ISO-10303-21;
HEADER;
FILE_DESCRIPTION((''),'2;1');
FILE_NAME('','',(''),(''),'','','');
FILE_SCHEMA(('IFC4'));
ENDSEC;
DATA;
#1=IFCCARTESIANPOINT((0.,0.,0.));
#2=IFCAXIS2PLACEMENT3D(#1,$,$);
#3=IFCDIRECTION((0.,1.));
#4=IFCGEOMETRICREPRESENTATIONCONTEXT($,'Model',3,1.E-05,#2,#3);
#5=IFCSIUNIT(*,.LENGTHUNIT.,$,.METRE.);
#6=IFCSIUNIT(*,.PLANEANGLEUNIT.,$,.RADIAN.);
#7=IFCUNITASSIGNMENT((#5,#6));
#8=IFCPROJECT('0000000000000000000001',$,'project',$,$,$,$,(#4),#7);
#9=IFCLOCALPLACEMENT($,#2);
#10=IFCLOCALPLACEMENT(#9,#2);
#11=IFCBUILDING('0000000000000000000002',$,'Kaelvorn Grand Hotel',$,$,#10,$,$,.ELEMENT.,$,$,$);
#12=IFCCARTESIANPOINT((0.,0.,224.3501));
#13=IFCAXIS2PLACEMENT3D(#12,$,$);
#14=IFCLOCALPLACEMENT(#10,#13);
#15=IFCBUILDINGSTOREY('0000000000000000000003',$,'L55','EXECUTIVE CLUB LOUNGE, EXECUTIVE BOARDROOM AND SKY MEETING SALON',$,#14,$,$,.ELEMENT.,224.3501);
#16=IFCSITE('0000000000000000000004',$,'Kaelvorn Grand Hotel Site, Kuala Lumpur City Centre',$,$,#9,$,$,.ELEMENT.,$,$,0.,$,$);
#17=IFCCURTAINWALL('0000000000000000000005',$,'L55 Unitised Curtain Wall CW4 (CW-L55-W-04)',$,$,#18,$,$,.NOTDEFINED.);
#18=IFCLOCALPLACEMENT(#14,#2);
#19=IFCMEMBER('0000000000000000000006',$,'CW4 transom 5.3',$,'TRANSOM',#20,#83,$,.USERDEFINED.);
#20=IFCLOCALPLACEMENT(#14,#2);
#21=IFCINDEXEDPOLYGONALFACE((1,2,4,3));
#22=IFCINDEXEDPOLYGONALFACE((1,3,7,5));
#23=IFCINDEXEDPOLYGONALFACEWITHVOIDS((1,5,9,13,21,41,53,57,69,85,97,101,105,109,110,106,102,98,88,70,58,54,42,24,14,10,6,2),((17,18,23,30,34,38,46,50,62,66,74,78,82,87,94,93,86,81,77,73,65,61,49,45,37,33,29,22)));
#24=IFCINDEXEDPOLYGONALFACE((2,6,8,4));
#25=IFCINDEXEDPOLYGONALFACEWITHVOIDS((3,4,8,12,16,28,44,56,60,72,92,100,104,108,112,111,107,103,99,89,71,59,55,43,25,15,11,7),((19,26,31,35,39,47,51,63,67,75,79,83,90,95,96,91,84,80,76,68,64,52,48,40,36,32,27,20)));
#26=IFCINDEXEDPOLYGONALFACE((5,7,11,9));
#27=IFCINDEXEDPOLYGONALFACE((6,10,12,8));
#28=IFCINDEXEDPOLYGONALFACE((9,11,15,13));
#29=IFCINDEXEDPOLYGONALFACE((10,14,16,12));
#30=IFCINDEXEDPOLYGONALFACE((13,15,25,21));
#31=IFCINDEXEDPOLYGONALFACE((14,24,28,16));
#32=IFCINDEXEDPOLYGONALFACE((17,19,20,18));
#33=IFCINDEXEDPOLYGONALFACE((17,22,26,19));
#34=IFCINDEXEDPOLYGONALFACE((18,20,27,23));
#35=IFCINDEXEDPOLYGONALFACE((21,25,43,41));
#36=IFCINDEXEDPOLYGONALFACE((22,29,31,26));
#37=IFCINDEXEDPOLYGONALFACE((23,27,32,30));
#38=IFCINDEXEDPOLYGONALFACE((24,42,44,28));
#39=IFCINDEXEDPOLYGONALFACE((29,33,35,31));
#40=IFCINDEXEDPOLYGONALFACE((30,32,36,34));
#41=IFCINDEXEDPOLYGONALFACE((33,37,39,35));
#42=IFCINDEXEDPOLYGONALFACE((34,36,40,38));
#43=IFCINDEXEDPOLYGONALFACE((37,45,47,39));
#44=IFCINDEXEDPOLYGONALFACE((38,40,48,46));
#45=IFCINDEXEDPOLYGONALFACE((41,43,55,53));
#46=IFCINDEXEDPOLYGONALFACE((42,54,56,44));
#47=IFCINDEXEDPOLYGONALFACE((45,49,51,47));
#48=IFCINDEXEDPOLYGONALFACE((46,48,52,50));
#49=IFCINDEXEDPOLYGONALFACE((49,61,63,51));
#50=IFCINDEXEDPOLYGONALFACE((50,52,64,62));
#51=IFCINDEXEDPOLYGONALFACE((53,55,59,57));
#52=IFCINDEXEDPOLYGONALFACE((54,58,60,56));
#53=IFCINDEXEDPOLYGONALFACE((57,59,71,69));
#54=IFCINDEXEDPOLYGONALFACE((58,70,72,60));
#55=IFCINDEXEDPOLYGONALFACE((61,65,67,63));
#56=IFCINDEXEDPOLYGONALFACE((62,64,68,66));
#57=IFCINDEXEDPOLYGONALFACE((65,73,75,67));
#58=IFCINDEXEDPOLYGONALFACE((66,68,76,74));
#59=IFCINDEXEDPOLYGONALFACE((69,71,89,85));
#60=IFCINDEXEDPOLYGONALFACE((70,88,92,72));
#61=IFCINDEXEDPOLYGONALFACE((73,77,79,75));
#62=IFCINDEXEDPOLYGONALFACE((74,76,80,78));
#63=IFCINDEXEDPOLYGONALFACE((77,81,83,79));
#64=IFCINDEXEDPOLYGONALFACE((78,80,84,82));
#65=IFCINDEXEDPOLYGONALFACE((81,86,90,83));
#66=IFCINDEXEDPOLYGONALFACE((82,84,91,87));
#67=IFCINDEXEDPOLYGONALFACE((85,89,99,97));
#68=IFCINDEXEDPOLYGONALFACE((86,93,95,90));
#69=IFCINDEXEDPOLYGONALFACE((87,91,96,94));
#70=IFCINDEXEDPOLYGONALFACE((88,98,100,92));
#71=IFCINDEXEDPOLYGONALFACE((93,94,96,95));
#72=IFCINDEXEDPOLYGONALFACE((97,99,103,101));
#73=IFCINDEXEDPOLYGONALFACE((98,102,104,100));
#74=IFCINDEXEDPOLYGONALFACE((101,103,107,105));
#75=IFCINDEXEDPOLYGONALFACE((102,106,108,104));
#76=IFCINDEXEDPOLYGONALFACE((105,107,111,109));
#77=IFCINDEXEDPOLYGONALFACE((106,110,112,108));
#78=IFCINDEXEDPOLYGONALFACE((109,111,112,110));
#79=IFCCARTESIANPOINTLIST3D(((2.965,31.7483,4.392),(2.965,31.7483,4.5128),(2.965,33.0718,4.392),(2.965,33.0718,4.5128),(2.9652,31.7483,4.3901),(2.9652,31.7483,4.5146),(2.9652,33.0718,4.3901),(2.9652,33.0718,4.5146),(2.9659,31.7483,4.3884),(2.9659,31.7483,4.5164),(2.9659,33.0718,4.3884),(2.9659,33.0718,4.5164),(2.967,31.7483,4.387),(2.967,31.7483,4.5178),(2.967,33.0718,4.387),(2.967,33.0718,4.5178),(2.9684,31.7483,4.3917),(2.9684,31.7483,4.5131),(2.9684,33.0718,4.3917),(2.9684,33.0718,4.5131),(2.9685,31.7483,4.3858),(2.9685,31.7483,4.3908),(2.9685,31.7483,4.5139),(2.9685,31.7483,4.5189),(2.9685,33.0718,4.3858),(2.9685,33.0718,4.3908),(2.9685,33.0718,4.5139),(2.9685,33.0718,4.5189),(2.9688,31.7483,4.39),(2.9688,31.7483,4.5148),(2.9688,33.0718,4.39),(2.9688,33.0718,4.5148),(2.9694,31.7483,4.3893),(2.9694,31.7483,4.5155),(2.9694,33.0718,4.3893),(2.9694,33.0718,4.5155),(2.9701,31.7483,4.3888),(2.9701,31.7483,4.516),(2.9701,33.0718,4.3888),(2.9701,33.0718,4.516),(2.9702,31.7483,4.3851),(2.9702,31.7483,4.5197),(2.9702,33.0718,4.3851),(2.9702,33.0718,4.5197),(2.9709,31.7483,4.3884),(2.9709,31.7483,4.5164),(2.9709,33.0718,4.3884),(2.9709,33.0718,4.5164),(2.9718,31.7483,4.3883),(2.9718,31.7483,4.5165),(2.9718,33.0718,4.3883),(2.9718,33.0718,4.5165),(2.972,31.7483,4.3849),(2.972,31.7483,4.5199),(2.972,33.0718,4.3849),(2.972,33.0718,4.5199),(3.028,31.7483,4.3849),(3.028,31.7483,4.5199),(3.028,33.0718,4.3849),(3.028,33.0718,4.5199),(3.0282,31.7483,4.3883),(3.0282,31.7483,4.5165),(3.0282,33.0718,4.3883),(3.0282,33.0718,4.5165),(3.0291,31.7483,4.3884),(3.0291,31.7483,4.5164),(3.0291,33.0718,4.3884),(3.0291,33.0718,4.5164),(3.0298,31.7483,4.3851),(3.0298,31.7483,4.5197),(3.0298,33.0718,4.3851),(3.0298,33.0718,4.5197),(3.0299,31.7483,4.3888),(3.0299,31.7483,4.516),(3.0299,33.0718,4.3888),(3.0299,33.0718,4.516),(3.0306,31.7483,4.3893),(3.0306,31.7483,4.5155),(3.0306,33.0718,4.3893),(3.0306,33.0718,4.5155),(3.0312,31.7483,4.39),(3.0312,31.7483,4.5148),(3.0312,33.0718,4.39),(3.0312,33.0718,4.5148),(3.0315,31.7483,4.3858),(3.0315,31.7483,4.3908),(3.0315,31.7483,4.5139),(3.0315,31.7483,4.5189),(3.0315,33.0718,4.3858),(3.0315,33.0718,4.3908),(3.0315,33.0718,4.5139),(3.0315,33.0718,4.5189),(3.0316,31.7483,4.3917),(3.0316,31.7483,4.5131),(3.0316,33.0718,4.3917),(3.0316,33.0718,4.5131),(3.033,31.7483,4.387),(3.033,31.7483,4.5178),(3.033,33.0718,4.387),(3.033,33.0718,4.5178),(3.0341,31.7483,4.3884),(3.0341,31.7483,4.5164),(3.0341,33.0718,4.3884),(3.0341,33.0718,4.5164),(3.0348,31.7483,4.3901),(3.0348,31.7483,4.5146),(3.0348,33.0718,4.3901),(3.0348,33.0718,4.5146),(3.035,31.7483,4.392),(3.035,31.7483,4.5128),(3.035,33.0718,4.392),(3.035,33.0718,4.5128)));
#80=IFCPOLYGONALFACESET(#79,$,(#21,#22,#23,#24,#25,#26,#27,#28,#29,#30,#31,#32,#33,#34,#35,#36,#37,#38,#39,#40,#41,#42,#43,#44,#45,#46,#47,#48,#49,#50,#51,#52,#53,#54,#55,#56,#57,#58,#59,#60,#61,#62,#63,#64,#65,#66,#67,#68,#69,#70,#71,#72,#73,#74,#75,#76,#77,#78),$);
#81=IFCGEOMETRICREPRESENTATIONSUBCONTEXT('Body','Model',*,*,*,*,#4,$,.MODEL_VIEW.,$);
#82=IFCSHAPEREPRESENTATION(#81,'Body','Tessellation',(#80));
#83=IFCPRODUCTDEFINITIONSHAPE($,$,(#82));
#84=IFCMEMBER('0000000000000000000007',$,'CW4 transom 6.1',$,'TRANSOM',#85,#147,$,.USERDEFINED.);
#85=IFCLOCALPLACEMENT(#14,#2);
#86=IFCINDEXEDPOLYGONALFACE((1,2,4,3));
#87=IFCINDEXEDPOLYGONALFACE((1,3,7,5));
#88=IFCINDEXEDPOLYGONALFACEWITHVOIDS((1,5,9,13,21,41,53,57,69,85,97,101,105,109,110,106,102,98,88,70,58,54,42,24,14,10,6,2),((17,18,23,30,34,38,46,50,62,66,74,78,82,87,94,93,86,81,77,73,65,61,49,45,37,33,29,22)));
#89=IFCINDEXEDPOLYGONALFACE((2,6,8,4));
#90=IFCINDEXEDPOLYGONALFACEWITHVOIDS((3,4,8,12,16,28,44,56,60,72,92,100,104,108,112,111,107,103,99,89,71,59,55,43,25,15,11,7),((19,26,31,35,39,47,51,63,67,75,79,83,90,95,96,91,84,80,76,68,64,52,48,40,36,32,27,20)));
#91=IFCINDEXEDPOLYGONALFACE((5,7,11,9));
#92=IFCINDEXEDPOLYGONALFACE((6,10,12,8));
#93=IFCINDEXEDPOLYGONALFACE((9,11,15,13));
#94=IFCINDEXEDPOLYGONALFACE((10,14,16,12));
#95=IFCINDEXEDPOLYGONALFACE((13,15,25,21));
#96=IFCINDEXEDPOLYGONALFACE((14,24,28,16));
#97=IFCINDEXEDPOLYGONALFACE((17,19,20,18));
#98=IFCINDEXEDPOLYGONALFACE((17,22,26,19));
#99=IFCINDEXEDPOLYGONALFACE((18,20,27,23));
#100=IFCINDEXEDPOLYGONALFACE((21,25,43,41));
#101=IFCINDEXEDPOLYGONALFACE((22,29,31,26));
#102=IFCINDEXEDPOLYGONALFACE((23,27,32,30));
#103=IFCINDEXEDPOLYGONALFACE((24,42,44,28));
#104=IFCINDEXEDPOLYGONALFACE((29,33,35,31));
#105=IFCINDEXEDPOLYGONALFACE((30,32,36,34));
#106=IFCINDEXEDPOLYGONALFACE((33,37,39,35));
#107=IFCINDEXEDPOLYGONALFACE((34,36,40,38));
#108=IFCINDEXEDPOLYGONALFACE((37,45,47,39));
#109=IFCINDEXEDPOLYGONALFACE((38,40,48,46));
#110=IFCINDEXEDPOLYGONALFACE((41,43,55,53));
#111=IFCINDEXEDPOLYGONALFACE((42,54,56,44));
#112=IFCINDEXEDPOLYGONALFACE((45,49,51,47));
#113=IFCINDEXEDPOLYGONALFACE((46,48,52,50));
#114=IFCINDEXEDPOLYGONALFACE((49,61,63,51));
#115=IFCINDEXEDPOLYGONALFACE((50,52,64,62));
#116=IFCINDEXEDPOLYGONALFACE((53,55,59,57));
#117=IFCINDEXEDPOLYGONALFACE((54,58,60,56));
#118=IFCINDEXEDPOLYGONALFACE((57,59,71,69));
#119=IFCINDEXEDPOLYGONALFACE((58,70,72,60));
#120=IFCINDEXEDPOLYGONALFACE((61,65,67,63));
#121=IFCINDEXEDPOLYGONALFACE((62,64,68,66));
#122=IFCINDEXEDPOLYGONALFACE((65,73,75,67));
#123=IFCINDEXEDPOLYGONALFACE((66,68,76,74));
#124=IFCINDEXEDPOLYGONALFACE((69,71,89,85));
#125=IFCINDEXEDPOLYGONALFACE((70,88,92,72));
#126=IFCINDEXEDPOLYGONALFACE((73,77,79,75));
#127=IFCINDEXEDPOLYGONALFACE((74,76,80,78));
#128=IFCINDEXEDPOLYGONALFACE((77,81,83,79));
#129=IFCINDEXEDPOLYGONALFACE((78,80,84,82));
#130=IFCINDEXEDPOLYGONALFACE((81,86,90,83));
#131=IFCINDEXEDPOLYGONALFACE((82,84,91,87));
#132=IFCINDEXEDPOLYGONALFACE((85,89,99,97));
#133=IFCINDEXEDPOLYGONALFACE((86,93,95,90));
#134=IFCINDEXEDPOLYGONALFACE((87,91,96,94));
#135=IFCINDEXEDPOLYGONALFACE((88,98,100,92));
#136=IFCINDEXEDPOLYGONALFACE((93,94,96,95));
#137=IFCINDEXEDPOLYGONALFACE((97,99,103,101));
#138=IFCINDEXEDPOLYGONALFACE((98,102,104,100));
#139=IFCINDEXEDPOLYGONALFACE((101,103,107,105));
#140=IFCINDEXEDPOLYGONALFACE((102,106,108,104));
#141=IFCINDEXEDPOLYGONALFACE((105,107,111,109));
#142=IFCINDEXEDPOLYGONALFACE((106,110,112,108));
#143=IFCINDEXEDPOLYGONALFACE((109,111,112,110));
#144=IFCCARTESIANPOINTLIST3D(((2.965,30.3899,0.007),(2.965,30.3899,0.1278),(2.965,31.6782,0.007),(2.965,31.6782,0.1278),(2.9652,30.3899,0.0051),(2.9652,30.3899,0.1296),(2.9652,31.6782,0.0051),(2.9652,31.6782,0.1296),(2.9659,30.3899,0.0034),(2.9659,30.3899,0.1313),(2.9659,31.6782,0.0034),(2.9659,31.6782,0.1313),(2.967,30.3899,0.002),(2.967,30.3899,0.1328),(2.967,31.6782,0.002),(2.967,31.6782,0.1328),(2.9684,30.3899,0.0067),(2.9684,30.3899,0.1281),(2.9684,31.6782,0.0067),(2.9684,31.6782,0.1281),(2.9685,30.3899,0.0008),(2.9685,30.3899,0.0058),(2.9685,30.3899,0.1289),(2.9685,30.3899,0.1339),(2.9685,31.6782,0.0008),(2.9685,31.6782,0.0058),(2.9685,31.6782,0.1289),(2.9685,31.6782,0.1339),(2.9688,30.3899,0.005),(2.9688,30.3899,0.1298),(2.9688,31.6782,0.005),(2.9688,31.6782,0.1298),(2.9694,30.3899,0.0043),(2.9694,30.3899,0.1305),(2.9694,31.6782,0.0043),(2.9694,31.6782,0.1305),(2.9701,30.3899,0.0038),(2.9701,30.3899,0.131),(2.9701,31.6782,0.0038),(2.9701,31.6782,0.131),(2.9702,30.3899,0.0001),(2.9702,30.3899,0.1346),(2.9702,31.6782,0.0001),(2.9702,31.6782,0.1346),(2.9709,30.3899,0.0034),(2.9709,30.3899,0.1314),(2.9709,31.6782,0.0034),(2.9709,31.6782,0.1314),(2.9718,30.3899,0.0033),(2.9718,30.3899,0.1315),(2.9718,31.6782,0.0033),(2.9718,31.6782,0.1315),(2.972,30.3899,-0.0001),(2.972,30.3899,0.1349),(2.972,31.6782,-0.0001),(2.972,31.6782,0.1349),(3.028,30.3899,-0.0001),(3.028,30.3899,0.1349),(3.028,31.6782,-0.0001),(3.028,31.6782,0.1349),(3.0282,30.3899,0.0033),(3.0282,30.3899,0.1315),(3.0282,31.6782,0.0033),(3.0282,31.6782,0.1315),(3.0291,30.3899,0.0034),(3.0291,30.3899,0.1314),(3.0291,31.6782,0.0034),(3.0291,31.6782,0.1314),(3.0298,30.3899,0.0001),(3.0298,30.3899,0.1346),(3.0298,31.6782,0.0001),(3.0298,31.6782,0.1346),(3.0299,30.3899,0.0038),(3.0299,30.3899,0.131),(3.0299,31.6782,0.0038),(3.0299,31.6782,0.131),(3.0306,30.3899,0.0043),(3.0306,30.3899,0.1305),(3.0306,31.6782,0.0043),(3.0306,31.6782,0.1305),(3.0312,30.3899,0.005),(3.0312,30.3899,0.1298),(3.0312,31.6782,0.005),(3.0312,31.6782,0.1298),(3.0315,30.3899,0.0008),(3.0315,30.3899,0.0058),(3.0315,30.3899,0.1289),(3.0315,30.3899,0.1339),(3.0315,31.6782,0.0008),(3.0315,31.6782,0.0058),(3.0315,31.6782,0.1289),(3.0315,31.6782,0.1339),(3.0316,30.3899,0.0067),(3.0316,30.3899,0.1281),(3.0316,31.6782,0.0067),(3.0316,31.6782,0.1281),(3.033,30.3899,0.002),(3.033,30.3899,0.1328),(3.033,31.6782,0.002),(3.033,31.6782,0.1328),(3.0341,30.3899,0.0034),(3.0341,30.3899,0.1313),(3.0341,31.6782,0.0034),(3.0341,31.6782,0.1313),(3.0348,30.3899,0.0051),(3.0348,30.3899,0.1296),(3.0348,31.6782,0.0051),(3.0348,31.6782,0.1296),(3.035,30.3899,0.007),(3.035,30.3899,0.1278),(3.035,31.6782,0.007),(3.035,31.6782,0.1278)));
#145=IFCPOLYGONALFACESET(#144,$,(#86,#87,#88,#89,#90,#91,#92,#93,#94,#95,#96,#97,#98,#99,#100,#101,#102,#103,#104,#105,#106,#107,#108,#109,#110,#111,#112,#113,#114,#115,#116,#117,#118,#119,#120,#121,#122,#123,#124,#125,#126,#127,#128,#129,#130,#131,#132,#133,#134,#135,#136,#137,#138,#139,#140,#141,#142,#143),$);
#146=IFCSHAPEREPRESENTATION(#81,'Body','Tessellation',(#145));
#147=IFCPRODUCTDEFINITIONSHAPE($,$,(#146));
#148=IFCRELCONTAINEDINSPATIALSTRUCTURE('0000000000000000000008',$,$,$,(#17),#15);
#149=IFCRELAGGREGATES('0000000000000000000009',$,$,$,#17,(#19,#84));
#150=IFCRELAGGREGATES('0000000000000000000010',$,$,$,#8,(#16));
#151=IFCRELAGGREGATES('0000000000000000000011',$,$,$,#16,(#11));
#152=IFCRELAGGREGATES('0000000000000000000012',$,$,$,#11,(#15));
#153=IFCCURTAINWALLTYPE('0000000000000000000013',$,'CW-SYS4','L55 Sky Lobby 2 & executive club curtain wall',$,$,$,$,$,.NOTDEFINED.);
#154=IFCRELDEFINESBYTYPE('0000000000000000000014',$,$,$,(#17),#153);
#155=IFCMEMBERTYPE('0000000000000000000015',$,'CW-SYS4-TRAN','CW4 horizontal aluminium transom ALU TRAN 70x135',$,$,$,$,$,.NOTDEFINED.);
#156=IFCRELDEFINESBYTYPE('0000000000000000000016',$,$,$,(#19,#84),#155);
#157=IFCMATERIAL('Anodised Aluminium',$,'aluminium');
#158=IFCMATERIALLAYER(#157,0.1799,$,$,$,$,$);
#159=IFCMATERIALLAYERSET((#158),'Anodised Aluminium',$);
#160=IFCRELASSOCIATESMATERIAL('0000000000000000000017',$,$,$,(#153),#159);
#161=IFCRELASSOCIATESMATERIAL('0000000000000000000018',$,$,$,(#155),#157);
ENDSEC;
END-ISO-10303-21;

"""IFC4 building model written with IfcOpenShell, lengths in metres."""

from ifc_helpers import new_model, si_unit, direction, frame, origin, origin_2d, place, context, subcontext, project, spatial, hollow_rectangle, extrude, material, layer, layer_set, material_profile, profile_set, type_object, element, aggregate, save


model = new_model("IFC4")

# Units and contexts
model_context = context("Model", 3, precision=1e-05, world=origin(), true_north=direction((0.0, 1.0)))
body_context = subcontext(model_context, "Body", "Model", "MODEL_VIEW")
ifc_project = project(units=[si_unit("LENGTHUNIT", "METRE"), si_unit("PLANEANGLEUNIT", "RADIAN")], contexts=[model_context])

# Site, building, storey
site_placement = place(None, origin())
site = spatial("IfcSite", under=ifc_project, at=site_placement, Name="Kaelvorn Grand Hotel Site, Kuala Lumpur City Centre", CompositionType="ELEMENT", RefElevation=0.0)
building_placement = place(site_placement, origin())
building = spatial("IfcBuilding", under=site, at=building_placement, Name="Kaelvorn Grand Hotel", CompositionType="ELEMENT")
storey_placement = place(building_placement, frame((0.0, 0.0, 224.3501)))
storey = spatial("IfcBuildingStorey", under=building, at=storey_placement, Name="L55", Description="EXECUTIVE CLUB LOUNGE, EXECUTIVE BOARDROOM AND SKY MEETING SALON", CompositionType="ELEMENT", Elevation=224.3501)

# Curtain wall, members
ifc_material_1 = material(Name="Anodised Aluminium", Category="aluminium")
ifc_layer_1 = layer(ifc_material_1, 0.1799)
ifc_layer_set_1 = layer_set([ifc_layer_1], Name="Anodised Aluminium")
curtain_wall_type = type_object("IfcCurtainWallType", Name="CW-SYS4", Description="L55 Sky Lobby 2 & executive club curtain wall", PredefinedType="NOTDEFINED", material=ifc_layer_set_1)
curtain_wall_placement = place(storey_placement, origin())
curtain_wall = element("IfcCurtainWall", 1, at=curtain_wall_placement, inside=storey, type_object=curtain_wall_type, Name="L55 Unitised Curtain Wall CW4 (CW-L55-W-04)", PredefinedType="NOTDEFINED")
ifc_material_profile_1 = material_profile(ifc_material_1, hollow_rectangle(XDim=0.0701, YDim=0.135, WallThickness=0.0034, InnerFilletRadius=0.0034, OuterFilletRadius=0.0071, at=origin_2d()), Name="ALU TRAN 70x135")
ifc_profile_set_1 = profile_set([ifc_material_profile_1], Name="Anodised Aluminium")
member_type_1 = type_object("IfcMemberType", Name="CW-SYS4-TRAN", Description="CW4 horizontal aluminium transom ALU TRAN 70x135", PredefinedType="NOTDEFINED", material=ifc_profile_set_1)
member_1_placement = place(storey_placement, frame((3.0, 33.0718, 4.4524), z_axis=(0.0, -1.0, 0.0), x_axis=(1.0, 0.0, 0.0)))
member_1 = element("IfcMember", 2, at=member_1_placement, type_object=member_type_1, Name="CW4 transom 5.3", ObjectType="TRANSOM", PredefinedType="USERDEFINED", context=body_context, shape_type="SweptSolid", body=[
    extrude(hollow_rectangle(XDim=0.0701, YDim=0.135, WallThickness=0.0034, InnerFilletRadius=0.0034, OuterFilletRadius=0.0071, at=origin_2d()), origin(), (0.0, 0.0, 1.0), 1.3235),
])
member_2_placement = place(storey_placement, frame((3.0, 31.6782, 0.0674), z_axis=(0.0, -1.0, 0.0), x_axis=(1.0, 0.0, 0.0)))
member_2 = element("IfcMember", 3, at=member_2_placement, type_object=member_type_1, Name="CW4 transom 6.1", ObjectType="TRANSOM", PredefinedType="USERDEFINED", context=body_context, shape_type="SweptSolid", body=[
    extrude(hollow_rectangle(XDim=0.0701, YDim=0.135, WallThickness=0.0034, InnerFilletRadius=0.0034, OuterFilletRadius=0.0071, at=origin_2d()), origin(), (0.0, 0.0, 1.0), 1.2883),
])
aggregate(curtain_wall, [member_1, member_2])

save(model, "model.ifc")
